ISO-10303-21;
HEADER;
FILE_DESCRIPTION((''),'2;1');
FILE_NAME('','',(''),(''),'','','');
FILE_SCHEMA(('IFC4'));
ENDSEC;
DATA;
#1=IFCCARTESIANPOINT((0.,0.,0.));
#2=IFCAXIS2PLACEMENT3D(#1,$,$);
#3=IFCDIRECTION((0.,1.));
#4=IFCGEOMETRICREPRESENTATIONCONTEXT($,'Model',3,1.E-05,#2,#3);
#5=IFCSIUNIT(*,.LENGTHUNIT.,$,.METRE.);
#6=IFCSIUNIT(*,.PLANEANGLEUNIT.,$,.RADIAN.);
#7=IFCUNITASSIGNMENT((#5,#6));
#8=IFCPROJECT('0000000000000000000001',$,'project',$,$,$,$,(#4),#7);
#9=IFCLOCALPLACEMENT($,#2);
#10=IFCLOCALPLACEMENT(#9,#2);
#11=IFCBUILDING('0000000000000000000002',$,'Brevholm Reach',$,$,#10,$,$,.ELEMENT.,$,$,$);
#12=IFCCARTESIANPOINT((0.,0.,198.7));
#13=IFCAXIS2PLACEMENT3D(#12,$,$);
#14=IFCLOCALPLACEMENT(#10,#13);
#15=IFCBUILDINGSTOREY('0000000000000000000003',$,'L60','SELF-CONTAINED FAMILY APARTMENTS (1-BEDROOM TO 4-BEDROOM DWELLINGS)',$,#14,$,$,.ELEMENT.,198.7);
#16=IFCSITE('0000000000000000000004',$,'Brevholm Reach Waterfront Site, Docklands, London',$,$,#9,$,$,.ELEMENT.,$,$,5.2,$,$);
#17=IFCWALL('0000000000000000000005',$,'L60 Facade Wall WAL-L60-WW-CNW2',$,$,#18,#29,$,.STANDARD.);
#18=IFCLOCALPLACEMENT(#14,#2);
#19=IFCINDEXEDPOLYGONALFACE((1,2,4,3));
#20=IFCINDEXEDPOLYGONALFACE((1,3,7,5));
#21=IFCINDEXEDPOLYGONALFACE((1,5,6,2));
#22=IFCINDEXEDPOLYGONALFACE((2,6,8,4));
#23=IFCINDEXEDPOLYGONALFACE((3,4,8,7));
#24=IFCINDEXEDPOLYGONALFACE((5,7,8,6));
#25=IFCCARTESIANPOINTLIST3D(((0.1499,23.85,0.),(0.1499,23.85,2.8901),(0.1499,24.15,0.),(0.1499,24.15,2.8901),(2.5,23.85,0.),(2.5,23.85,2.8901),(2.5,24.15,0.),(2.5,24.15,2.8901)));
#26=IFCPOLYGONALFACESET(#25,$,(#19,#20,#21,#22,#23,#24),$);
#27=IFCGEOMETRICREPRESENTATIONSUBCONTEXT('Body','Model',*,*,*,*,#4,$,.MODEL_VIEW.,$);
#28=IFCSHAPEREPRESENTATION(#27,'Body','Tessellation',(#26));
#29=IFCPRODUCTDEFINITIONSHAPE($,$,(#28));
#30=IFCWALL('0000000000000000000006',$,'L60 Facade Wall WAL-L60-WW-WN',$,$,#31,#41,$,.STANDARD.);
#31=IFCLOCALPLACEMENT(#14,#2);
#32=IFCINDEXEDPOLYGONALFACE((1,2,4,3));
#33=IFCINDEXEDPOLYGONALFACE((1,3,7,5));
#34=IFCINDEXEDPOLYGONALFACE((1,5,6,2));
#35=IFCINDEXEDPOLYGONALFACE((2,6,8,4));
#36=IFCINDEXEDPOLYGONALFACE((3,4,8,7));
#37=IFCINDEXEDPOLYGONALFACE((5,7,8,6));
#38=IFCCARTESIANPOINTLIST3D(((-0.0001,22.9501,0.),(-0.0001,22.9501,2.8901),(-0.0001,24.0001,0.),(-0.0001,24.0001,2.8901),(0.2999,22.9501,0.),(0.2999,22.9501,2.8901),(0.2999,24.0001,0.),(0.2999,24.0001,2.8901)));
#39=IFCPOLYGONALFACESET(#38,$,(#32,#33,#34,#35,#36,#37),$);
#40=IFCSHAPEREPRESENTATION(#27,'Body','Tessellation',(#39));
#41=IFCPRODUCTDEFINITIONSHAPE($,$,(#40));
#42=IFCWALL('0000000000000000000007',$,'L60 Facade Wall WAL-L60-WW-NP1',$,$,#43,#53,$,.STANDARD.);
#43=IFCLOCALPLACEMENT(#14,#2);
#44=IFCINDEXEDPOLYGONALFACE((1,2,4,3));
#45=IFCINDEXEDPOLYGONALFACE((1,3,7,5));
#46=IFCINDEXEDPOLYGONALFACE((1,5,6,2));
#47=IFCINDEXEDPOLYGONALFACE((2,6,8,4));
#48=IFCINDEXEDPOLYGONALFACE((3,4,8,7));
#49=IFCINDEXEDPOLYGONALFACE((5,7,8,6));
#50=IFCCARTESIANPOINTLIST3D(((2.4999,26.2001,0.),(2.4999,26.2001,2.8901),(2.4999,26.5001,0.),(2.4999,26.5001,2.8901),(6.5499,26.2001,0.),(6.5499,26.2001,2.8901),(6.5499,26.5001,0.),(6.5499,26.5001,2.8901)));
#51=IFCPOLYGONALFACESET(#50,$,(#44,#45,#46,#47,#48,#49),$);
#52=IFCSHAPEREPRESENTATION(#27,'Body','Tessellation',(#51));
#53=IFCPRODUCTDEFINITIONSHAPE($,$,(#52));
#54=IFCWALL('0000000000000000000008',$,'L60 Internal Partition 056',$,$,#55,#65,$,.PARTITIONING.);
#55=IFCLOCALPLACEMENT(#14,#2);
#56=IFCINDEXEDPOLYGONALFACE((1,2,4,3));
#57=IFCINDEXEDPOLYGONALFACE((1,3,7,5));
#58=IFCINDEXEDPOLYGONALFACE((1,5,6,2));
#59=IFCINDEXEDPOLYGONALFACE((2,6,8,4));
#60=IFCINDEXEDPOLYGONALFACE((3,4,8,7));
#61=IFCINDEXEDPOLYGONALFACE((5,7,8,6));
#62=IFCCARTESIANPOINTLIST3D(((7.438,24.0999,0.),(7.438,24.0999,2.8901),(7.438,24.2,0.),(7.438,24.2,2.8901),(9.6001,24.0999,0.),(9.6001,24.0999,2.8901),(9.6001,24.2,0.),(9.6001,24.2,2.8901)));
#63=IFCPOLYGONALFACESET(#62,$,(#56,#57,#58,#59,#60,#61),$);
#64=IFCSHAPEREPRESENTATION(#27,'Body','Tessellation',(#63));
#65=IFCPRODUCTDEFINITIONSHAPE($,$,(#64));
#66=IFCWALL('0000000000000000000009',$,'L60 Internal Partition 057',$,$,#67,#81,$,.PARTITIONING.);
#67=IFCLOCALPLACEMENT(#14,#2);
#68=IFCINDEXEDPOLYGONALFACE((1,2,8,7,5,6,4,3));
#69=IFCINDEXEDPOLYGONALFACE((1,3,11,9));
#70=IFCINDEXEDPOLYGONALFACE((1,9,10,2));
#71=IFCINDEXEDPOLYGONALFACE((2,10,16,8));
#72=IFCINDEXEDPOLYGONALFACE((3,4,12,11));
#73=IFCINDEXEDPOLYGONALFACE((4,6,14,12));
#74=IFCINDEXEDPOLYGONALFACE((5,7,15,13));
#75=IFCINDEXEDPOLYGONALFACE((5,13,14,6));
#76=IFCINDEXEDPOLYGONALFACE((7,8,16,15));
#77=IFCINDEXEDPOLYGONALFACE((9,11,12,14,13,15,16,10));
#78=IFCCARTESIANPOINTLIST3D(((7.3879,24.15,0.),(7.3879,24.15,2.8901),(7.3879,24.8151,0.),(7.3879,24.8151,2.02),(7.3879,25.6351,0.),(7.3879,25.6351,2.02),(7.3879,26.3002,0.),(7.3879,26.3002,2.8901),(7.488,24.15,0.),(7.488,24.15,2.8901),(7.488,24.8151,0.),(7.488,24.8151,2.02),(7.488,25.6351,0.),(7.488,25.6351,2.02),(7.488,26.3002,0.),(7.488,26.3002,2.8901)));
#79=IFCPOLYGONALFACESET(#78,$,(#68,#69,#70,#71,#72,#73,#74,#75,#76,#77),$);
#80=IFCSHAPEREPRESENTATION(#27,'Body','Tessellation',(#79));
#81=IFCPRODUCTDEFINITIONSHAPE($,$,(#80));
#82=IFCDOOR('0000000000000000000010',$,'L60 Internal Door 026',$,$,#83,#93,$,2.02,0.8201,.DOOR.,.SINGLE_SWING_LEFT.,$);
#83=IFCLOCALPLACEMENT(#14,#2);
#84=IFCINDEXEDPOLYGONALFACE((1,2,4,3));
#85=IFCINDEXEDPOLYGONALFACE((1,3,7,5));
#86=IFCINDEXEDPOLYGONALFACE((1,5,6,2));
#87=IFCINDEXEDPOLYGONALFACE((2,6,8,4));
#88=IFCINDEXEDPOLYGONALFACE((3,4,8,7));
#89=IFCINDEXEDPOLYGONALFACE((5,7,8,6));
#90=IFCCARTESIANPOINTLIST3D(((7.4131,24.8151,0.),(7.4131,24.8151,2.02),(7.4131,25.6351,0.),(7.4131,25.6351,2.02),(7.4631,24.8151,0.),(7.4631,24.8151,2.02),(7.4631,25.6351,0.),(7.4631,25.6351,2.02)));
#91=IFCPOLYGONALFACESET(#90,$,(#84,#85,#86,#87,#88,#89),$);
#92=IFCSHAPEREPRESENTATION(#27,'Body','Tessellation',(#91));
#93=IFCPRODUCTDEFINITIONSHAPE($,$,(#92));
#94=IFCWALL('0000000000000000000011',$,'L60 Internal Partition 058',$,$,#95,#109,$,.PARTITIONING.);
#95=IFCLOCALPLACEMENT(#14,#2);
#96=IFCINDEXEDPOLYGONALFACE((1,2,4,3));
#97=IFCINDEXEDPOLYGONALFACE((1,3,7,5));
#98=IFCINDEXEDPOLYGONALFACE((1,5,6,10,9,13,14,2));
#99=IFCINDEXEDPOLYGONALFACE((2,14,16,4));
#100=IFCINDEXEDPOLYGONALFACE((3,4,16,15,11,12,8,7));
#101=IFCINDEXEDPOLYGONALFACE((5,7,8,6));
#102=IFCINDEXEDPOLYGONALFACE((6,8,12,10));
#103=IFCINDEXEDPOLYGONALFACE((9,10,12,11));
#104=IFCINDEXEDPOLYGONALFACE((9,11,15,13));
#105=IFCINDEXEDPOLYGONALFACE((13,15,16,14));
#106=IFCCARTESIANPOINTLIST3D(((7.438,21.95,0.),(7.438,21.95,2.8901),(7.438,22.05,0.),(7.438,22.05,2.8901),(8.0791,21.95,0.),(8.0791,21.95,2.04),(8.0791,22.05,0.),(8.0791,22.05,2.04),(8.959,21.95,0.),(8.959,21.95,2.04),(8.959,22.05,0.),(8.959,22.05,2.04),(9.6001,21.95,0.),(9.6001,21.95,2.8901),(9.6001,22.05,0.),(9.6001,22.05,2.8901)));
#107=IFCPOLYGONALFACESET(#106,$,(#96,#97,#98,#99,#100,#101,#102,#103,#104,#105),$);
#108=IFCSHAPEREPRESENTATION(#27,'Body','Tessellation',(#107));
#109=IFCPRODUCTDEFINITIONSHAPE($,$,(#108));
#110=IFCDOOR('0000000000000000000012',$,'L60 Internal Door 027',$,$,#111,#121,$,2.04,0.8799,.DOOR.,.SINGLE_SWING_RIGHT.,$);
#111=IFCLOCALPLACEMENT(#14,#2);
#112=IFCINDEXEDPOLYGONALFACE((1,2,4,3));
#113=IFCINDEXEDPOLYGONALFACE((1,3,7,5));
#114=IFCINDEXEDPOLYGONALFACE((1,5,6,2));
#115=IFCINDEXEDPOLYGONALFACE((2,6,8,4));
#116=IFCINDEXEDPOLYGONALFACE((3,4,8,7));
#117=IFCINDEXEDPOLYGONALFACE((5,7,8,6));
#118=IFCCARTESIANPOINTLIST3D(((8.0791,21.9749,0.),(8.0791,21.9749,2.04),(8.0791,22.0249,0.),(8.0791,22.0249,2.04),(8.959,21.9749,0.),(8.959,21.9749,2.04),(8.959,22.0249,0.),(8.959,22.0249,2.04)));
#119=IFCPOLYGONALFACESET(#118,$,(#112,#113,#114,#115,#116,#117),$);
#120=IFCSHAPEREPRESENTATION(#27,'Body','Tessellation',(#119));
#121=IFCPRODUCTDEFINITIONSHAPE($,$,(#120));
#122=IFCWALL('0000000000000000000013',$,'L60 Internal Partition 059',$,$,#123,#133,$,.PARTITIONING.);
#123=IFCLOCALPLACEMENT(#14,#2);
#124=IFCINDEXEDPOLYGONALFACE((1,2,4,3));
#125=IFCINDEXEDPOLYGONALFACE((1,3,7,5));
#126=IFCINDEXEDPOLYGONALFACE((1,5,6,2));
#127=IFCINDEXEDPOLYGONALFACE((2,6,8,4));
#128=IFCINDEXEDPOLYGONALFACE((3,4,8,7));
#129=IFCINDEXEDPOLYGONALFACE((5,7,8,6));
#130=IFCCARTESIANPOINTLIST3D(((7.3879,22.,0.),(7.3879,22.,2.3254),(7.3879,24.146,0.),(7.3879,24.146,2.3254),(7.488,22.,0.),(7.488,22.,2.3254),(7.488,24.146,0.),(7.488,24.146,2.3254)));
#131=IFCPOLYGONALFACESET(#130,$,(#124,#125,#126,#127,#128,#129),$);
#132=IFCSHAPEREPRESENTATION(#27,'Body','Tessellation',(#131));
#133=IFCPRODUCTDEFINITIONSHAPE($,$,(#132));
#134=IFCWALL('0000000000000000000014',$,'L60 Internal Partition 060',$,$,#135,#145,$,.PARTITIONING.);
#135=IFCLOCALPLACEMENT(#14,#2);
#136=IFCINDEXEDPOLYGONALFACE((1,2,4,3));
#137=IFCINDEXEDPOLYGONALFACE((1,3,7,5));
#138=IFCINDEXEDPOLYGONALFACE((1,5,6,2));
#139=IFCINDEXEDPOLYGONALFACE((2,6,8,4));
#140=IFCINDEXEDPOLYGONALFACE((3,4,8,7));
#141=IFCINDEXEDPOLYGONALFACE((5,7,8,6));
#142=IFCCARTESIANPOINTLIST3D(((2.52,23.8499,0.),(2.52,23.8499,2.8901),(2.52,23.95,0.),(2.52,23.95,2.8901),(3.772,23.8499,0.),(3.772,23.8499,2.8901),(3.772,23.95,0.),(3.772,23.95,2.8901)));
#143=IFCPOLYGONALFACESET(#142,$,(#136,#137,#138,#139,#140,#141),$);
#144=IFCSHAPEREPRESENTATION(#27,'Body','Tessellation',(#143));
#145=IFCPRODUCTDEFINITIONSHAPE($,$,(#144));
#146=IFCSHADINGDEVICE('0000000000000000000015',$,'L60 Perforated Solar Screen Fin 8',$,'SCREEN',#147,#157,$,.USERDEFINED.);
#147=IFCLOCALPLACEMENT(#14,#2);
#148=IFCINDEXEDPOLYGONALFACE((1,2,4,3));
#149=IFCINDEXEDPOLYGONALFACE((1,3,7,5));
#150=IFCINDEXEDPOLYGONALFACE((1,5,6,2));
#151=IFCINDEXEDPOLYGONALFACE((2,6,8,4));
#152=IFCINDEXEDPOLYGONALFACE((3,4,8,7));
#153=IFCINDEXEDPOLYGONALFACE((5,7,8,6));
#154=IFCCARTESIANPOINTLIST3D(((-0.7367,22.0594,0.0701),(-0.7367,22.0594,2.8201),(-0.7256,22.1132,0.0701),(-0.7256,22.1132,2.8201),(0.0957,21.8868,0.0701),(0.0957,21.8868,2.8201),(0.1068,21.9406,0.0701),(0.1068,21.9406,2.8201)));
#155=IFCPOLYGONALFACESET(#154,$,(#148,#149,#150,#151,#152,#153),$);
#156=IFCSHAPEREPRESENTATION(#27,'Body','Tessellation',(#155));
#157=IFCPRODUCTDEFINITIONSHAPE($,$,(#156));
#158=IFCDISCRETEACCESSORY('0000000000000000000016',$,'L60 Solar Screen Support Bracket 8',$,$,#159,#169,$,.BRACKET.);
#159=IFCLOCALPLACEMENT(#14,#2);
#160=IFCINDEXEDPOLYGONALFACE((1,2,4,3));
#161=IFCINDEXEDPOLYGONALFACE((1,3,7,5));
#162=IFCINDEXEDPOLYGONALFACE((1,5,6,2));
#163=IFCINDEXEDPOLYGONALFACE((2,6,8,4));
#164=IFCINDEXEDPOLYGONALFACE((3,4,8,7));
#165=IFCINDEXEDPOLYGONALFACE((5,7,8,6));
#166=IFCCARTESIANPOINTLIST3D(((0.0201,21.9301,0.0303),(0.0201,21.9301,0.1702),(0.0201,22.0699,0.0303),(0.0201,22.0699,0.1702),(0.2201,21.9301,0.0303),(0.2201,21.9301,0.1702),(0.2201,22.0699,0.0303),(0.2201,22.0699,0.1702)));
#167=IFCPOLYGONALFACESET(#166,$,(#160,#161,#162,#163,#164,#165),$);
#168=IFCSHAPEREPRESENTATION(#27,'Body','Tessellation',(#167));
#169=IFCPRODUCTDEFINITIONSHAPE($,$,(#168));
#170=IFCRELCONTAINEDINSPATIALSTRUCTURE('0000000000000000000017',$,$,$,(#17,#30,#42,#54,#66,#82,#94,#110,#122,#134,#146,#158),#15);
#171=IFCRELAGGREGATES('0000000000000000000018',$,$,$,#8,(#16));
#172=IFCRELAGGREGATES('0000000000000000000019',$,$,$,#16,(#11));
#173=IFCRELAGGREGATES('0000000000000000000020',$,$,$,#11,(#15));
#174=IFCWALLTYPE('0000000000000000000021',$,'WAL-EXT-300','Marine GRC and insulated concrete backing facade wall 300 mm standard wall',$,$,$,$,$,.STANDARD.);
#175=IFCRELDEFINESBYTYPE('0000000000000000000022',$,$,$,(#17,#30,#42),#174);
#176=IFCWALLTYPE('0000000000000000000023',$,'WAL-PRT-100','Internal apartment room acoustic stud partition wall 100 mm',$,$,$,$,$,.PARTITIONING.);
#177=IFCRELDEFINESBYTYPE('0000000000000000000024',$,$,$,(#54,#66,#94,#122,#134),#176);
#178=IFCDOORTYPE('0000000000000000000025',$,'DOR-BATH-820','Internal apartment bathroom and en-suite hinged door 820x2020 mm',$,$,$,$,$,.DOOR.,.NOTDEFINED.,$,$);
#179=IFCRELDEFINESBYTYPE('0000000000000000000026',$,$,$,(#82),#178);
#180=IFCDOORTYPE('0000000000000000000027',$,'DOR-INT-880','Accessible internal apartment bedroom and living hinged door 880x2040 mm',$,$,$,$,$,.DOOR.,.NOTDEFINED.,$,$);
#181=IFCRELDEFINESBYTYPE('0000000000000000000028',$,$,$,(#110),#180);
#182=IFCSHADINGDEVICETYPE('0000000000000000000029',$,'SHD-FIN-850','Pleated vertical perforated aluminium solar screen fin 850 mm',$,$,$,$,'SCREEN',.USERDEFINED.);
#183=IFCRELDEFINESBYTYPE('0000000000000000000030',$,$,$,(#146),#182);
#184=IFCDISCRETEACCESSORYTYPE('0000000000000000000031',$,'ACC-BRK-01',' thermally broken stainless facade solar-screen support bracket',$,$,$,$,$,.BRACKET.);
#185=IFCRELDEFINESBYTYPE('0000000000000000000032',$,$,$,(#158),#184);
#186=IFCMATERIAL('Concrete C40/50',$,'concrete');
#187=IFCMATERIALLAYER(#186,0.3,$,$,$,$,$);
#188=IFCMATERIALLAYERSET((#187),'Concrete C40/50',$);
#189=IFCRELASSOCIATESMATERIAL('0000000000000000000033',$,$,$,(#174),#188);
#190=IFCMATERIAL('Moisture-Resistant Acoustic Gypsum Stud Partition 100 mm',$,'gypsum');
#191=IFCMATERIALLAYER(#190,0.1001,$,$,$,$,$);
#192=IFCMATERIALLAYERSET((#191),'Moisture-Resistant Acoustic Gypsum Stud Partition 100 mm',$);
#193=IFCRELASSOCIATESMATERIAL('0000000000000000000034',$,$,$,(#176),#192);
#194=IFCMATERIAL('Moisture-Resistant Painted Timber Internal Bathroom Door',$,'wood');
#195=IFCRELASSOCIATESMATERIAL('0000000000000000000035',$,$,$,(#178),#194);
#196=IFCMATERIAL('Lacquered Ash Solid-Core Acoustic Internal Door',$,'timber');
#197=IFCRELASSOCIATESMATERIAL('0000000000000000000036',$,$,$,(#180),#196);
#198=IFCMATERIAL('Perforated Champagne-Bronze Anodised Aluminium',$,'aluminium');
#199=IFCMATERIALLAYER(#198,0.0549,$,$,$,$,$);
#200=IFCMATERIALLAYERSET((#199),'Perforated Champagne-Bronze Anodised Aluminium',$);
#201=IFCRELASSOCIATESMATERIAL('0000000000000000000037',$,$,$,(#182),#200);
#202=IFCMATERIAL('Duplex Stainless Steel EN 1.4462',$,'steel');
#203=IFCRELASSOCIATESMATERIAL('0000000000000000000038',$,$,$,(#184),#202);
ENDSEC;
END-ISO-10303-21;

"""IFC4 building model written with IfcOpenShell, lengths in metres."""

from ifc_helpers import new_model, si_unit, direction, frame, frame_2d, origin, origin_2d, place, context, subcontext, project, spatial, rectangle, extrude, material, layer, layer_set, type_object, element, fill, save


model = new_model("IFC4")

# Units and contexts
model_context = context("Model", 3, precision=1e-05, world=origin(), true_north=direction((0.0, 1.0)))
body_context = subcontext(model_context, "Body", "Model", "MODEL_VIEW")
ifc_project = project(units=[si_unit("LENGTHUNIT", "METRE"), si_unit("PLANEANGLEUNIT", "RADIAN")], contexts=[model_context])

# Site, building, storey
site_placement = place(None, origin())
site = spatial("IfcSite", under=ifc_project, at=site_placement, Name="Brevholm Reach Waterfront Site, Docklands, London", CompositionType="ELEMENT", RefElevation=5.2)
building_placement = place(site_placement, origin())
building = spatial("IfcBuilding", under=site, at=building_placement, Name="Brevholm Reach", CompositionType="ELEMENT")
storey_placement = place(building_placement, frame((0.0, 0.0, 198.7)))
storey = spatial("IfcBuildingStorey", under=building, at=storey_placement, Name="L60", Description="SELF-CONTAINED FAMILY APARTMENTS (1-BEDROOM TO 4-BEDROOM DWELLINGS)", CompositionType="ELEMENT", Elevation=198.7)

# Walls
ifc_material_1 = material(Name="Concrete C40/50", Category="concrete")
ifc_layer_1 = layer(ifc_material_1, 0.3)
ifc_layer_set_1 = layer_set([ifc_layer_1], Name="Concrete C40/50")
wall_type_1 = type_object("IfcWallType", Name="WAL-EXT-300", Description="Marine GRC and insulated concrete backing facade wall 300 mm standard wall", PredefinedType="STANDARD", material=ifc_layer_set_1)
for number, where, z_axis, x_axis, name in (
    (1, (2.5, 24.0, 0.0), (0.0, 0.0, 1.0), (-1.0, 0.0, 0.0), "L60 Facade Wall WAL-L60-WW-CNW2"),
):
    element("IfcWall", number, at=place(storey_placement, frame(where, z_axis=z_axis, x_axis=x_axis)), inside=storey, type_object=wall_type_1, Name=name, PredefinedType="STANDARD", context=body_context, shape_type="SweptSolid", body=[
        extrude(rectangle(XDim=2.3501, YDim=0.3, at=frame_2d((1.175, 0.0))), origin(), (0.0, 0.0, 1.0), 2.8901),
    ])
wall_1_placement = place(storey_placement, frame((0.1499, 24.0, 0.0), z_axis=(0.0, 0.0, 1.0), x_axis=(0.0, -1.0, 0.0)))
element("IfcWall", 2, at=wall_1_placement, inside=storey, type_object=wall_type_1, Name="L60 Facade Wall WAL-L60-WW-WN", PredefinedType="STANDARD", context=body_context, shape_type="SweptSolid", body=[
    extrude(rectangle(XDim=1.05, YDim=0.3, at=frame_2d((0.5249, 0.0))), origin(), (0.0, 0.0, 1.0), 2.8901),
])
wall_2_placement = place(storey_placement, frame((2.5, 26.3501, 0.0), z_axis=(0.0, 0.0, 1.0), x_axis=(1.0, 0.0, 0.0)))
element("IfcWall", 3, at=wall_2_placement, inside=storey, type_object=wall_type_1, Name="L60 Facade Wall WAL-L60-WW-NP1", PredefinedType="STANDARD", context=body_context, shape_type="SweptSolid", body=[
    extrude(rectangle(XDim=4.05, YDim=0.3, at=frame_2d((2.0249, 0.0))), origin(), (0.0, 0.0, 1.0), 2.8901),
])
ifc_material_2 = material(Name="Moisture-Resistant Acoustic Gypsum Stud Partition 100 mm", Category="gypsum")
ifc_layer_2 = layer(ifc_material_2, 0.1001)
ifc_layer_set_2 = layer_set([ifc_layer_2], Name="Moisture-Resistant Acoustic Gypsum Stud Partition 100 mm")
wall_type_2 = type_object("IfcWallType", Name="WAL-PRT-100", Description="Internal apartment room acoustic stud partition wall 100 mm", PredefinedType="PARTITIONING", material=ifc_layer_set_2)
wall_3_placement = place(storey_placement, frame((7.438, 24.1499, 0.0), z_axis=(0.0, 0.0, 1.0), x_axis=(1.0, 0.0, 0.0)))
element("IfcWall", 4, at=wall_3_placement, inside=storey, type_object=wall_type_2, Name="L60 Internal Partition 056", PredefinedType="PARTITIONING", context=body_context, shape_type="SweptSolid", body=[
    extrude(rectangle(XDim=2.1621, YDim=0.1001, at=frame_2d((1.0811, 0.0))), origin(), (0.0, 0.0, 1.0), 2.8901),
])

# Walls, openings, doors
wall_4_placement = place(storey_placement, frame((7.438, 24.1499, 0.0), z_axis=(0.0, 0.0, 1.0), x_axis=(0.0, 1.0, 0.0)))
wall_4 = element("IfcWall", 5, at=wall_4_placement, inside=storey, type_object=wall_type_2, Name="L60 Internal Partition 057", PredefinedType="PARTITIONING", context=body_context, shape_type="SweptSolid", body=[
    extrude(rectangle(XDim=2.1501, YDim=0.1001, at=frame_2d((1.0752, 0.0))), origin(), (0.0, 0.0, 1.0), 2.8901),
])
opening_1_placement = place(wall_4_placement, frame((0.665, 0.0, 0.0)))
opening_1 = element("IfcOpeningElement", 6, at=opening_1_placement, cuts=wall_4, PredefinedType="OPENING", context=body_context, shape_type="SweptSolid", body=[
    extrude(rectangle(XDim=0.8201, YDim=2.02, at=frame_2d((0.4102, 1.01))), frame((0.0, 0.0601, 0.0), z_axis=(0.0, -1.0, 0.0), x_axis=(1.0, 0.0, 0.0)), (0.0, 0.0, 1.0), 0.1201),
])
ifc_material_3 = material(Name="Moisture-Resistant Painted Timber Internal Bathroom Door", Category="wood")
door_type_1 = type_object("IfcDoorType", Name="DOR-BATH-820", Description="Internal apartment bathroom and en-suite hinged door 820x2020 mm", OperationType="NOTDEFINED", PredefinedType="DOOR", material=ifc_material_3)
door_1_placement = place(opening_1_placement, origin())
door_1 = element("IfcDoor", 7, at=door_1_placement, inside=storey, type_object=door_type_1, Name="L60 Internal Door 026", OperationType="SINGLE_SWING_LEFT", OverallHeight=2.02, OverallWidth=0.8201, PredefinedType="DOOR", context=body_context, shape_type="SweptSolid", body=[
    extrude(rectangle(XDim=0.8201, YDim=2.02, at=frame_2d((0.4102, 1.01))), frame((0.0, 0.0249, 0.0), z_axis=(0.0, -1.0, 0.0), x_axis=(1.0, 0.0, 0.0)), (0.0, 0.0, 1.0), 0.05),
])
fill(opening_1, door_1)
wall_5_placement = place(storey_placement, frame((7.438, 22.0, 0.0), z_axis=(0.0, 0.0, 1.0), x_axis=(1.0, 0.0, 0.0)))
wall_5 = element("IfcWall", 8, at=wall_5_placement, inside=storey, type_object=wall_type_2, Name="L60 Internal Partition 058", PredefinedType="PARTITIONING", context=body_context, shape_type="SweptSolid", body=[
    extrude(rectangle(XDim=2.1621, YDim=0.1001, at=frame_2d((1.0811, 0.0))), origin(), (0.0, 0.0, 1.0), 2.8901),
])
opening_2_placement = place(wall_5_placement, frame((0.6411, 0.0, 0.0)))
opening_2 = element("IfcOpeningElement", 9, at=opening_2_placement, cuts=wall_5, PredefinedType="OPENING", context=body_context, shape_type="SweptSolid", body=[
    extrude(rectangle(XDim=0.8799, YDim=2.04, at=frame_2d((0.4399, 1.02))), frame((0.0, 0.0601, 0.0), z_axis=(0.0, -1.0, 0.0), x_axis=(1.0, 0.0, 0.0)), (0.0, 0.0, 1.0), 0.1201),
])
ifc_material_4 = material(Name="Lacquered Ash Solid-Core Acoustic Internal Door", Category="timber")
door_type_2 = type_object("IfcDoorType", Name="DOR-INT-880", Description="Accessible internal apartment bedroom and living hinged door 880x2040 mm", OperationType="NOTDEFINED", PredefinedType="DOOR", material=ifc_material_4)
door_2_placement = place(opening_2_placement, origin())
door_2 = element("IfcDoor", 10, at=door_2_placement, inside=storey, type_object=door_type_2, Name="L60 Internal Door 027", OperationType="SINGLE_SWING_RIGHT", OverallHeight=2.04, OverallWidth=0.8799, PredefinedType="DOOR", context=body_context, shape_type="SweptSolid", body=[
    extrude(rectangle(XDim=0.8799, YDim=2.04, at=frame_2d((0.4399, 1.02))), frame((0.0, 0.0249, 0.0), z_axis=(0.0, -1.0, 0.0), x_axis=(1.0, 0.0, 0.0)), (0.0, 0.0, 1.0), 0.05),
])
fill(opening_2, door_2)

# Walls
wall_6_placement = place(storey_placement, frame((7.438, 22.0, 0.0), z_axis=(0.0, 0.0, 1.0), x_axis=(0.0, 1.0, 0.0)))
element("IfcWall", 11, at=wall_6_placement, inside=storey, type_object=wall_type_2, Name="L60 Internal Partition 059", PredefinedType="PARTITIONING", context=body_context, shape_type="SweptSolid", body=[
    extrude(rectangle(XDim=2.146, YDim=0.1001, at=frame_2d((1.073, 0.0))), origin(), (0.0, 0.0, 1.0), 2.3254),
])
wall_7_placement = place(storey_placement, frame((2.52, 23.8999, 0.0), z_axis=(0.0, 0.0, 1.0), x_axis=(1.0, 0.0, 0.0)))
element("IfcWall", 12, at=wall_7_placement, inside=storey, type_object=wall_type_2, Name="L60 Internal Partition 060", PredefinedType="PARTITIONING", context=body_context, shape_type="SweptSolid", body=[
    extrude(rectangle(XDim=1.252, YDim=0.1001, at=frame_2d((0.626, 0.0))), origin(), (0.0, 0.0, 1.0), 2.8901),
])

# Shading device
ifc_material_5 = material(Name="Perforated Champagne-Bronze Anodised Aluminium", Category="aluminium")
ifc_layer_3 = layer(ifc_material_5, 0.0549)
ifc_layer_set_3 = layer_set([ifc_layer_3], Name="Perforated Champagne-Bronze Anodised Aluminium")
shading_device_type = type_object("IfcShadingDeviceType", Name="SHD-FIN-850", Description="Pleated vertical perforated aluminium solar screen fin 850 mm", ElementType="SCREEN", PredefinedType="USERDEFINED", material=ifc_layer_set_3)
shading_device_placement = place(storey_placement, frame((-0.3149, 22.0, 0.0701), z_axis=(0.0, 0.0, 1.0), x_axis=(-0.979177, 0.203009, 0.0)))
element("IfcShadingDevice", 13, at=shading_device_placement, inside=storey, type_object=shading_device_type, Name="L60 Perforated Solar Screen Fin 8", ObjectType="SCREEN", PredefinedType="USERDEFINED", context=body_context, shape_type="SweptSolid", body=[
    extrude(rectangle(XDim=0.8501, YDim=0.0549, at=origin_2d()), origin(), (0.0, 0.0, 1.0), 2.75),
])

# Discrete accessory
ifc_material_6 = material(Name="Duplex Stainless Steel EN 1.4462", Category="steel")
discrete_accessory_type = type_object("IfcDiscreteAccessoryType", Name="ACC-BRK-01", Description=" thermally broken stainless facade solar-screen support bracket", PredefinedType="BRACKET", material=ifc_material_6)
discrete_accessory_placement = place(storey_placement, frame((0.1201, 22.0, 0.0303), z_axis=(0.0, 0.0, 1.0), x_axis=(-1.0, 0.0, 0.0)))
element("IfcDiscreteAccessory", 14, at=discrete_accessory_placement, inside=storey, type_object=discrete_accessory_type, Name="L60 Solar Screen Support Bracket 8", PredefinedType="BRACKET", context=body_context, shape_type="SweptSolid", body=[
    extrude(rectangle(XDim=0.2, YDim=0.1399, at=origin_2d()), origin(), (0.0, 0.0, 1.0), 0.1399),
])

save(model, "model.ifc")
